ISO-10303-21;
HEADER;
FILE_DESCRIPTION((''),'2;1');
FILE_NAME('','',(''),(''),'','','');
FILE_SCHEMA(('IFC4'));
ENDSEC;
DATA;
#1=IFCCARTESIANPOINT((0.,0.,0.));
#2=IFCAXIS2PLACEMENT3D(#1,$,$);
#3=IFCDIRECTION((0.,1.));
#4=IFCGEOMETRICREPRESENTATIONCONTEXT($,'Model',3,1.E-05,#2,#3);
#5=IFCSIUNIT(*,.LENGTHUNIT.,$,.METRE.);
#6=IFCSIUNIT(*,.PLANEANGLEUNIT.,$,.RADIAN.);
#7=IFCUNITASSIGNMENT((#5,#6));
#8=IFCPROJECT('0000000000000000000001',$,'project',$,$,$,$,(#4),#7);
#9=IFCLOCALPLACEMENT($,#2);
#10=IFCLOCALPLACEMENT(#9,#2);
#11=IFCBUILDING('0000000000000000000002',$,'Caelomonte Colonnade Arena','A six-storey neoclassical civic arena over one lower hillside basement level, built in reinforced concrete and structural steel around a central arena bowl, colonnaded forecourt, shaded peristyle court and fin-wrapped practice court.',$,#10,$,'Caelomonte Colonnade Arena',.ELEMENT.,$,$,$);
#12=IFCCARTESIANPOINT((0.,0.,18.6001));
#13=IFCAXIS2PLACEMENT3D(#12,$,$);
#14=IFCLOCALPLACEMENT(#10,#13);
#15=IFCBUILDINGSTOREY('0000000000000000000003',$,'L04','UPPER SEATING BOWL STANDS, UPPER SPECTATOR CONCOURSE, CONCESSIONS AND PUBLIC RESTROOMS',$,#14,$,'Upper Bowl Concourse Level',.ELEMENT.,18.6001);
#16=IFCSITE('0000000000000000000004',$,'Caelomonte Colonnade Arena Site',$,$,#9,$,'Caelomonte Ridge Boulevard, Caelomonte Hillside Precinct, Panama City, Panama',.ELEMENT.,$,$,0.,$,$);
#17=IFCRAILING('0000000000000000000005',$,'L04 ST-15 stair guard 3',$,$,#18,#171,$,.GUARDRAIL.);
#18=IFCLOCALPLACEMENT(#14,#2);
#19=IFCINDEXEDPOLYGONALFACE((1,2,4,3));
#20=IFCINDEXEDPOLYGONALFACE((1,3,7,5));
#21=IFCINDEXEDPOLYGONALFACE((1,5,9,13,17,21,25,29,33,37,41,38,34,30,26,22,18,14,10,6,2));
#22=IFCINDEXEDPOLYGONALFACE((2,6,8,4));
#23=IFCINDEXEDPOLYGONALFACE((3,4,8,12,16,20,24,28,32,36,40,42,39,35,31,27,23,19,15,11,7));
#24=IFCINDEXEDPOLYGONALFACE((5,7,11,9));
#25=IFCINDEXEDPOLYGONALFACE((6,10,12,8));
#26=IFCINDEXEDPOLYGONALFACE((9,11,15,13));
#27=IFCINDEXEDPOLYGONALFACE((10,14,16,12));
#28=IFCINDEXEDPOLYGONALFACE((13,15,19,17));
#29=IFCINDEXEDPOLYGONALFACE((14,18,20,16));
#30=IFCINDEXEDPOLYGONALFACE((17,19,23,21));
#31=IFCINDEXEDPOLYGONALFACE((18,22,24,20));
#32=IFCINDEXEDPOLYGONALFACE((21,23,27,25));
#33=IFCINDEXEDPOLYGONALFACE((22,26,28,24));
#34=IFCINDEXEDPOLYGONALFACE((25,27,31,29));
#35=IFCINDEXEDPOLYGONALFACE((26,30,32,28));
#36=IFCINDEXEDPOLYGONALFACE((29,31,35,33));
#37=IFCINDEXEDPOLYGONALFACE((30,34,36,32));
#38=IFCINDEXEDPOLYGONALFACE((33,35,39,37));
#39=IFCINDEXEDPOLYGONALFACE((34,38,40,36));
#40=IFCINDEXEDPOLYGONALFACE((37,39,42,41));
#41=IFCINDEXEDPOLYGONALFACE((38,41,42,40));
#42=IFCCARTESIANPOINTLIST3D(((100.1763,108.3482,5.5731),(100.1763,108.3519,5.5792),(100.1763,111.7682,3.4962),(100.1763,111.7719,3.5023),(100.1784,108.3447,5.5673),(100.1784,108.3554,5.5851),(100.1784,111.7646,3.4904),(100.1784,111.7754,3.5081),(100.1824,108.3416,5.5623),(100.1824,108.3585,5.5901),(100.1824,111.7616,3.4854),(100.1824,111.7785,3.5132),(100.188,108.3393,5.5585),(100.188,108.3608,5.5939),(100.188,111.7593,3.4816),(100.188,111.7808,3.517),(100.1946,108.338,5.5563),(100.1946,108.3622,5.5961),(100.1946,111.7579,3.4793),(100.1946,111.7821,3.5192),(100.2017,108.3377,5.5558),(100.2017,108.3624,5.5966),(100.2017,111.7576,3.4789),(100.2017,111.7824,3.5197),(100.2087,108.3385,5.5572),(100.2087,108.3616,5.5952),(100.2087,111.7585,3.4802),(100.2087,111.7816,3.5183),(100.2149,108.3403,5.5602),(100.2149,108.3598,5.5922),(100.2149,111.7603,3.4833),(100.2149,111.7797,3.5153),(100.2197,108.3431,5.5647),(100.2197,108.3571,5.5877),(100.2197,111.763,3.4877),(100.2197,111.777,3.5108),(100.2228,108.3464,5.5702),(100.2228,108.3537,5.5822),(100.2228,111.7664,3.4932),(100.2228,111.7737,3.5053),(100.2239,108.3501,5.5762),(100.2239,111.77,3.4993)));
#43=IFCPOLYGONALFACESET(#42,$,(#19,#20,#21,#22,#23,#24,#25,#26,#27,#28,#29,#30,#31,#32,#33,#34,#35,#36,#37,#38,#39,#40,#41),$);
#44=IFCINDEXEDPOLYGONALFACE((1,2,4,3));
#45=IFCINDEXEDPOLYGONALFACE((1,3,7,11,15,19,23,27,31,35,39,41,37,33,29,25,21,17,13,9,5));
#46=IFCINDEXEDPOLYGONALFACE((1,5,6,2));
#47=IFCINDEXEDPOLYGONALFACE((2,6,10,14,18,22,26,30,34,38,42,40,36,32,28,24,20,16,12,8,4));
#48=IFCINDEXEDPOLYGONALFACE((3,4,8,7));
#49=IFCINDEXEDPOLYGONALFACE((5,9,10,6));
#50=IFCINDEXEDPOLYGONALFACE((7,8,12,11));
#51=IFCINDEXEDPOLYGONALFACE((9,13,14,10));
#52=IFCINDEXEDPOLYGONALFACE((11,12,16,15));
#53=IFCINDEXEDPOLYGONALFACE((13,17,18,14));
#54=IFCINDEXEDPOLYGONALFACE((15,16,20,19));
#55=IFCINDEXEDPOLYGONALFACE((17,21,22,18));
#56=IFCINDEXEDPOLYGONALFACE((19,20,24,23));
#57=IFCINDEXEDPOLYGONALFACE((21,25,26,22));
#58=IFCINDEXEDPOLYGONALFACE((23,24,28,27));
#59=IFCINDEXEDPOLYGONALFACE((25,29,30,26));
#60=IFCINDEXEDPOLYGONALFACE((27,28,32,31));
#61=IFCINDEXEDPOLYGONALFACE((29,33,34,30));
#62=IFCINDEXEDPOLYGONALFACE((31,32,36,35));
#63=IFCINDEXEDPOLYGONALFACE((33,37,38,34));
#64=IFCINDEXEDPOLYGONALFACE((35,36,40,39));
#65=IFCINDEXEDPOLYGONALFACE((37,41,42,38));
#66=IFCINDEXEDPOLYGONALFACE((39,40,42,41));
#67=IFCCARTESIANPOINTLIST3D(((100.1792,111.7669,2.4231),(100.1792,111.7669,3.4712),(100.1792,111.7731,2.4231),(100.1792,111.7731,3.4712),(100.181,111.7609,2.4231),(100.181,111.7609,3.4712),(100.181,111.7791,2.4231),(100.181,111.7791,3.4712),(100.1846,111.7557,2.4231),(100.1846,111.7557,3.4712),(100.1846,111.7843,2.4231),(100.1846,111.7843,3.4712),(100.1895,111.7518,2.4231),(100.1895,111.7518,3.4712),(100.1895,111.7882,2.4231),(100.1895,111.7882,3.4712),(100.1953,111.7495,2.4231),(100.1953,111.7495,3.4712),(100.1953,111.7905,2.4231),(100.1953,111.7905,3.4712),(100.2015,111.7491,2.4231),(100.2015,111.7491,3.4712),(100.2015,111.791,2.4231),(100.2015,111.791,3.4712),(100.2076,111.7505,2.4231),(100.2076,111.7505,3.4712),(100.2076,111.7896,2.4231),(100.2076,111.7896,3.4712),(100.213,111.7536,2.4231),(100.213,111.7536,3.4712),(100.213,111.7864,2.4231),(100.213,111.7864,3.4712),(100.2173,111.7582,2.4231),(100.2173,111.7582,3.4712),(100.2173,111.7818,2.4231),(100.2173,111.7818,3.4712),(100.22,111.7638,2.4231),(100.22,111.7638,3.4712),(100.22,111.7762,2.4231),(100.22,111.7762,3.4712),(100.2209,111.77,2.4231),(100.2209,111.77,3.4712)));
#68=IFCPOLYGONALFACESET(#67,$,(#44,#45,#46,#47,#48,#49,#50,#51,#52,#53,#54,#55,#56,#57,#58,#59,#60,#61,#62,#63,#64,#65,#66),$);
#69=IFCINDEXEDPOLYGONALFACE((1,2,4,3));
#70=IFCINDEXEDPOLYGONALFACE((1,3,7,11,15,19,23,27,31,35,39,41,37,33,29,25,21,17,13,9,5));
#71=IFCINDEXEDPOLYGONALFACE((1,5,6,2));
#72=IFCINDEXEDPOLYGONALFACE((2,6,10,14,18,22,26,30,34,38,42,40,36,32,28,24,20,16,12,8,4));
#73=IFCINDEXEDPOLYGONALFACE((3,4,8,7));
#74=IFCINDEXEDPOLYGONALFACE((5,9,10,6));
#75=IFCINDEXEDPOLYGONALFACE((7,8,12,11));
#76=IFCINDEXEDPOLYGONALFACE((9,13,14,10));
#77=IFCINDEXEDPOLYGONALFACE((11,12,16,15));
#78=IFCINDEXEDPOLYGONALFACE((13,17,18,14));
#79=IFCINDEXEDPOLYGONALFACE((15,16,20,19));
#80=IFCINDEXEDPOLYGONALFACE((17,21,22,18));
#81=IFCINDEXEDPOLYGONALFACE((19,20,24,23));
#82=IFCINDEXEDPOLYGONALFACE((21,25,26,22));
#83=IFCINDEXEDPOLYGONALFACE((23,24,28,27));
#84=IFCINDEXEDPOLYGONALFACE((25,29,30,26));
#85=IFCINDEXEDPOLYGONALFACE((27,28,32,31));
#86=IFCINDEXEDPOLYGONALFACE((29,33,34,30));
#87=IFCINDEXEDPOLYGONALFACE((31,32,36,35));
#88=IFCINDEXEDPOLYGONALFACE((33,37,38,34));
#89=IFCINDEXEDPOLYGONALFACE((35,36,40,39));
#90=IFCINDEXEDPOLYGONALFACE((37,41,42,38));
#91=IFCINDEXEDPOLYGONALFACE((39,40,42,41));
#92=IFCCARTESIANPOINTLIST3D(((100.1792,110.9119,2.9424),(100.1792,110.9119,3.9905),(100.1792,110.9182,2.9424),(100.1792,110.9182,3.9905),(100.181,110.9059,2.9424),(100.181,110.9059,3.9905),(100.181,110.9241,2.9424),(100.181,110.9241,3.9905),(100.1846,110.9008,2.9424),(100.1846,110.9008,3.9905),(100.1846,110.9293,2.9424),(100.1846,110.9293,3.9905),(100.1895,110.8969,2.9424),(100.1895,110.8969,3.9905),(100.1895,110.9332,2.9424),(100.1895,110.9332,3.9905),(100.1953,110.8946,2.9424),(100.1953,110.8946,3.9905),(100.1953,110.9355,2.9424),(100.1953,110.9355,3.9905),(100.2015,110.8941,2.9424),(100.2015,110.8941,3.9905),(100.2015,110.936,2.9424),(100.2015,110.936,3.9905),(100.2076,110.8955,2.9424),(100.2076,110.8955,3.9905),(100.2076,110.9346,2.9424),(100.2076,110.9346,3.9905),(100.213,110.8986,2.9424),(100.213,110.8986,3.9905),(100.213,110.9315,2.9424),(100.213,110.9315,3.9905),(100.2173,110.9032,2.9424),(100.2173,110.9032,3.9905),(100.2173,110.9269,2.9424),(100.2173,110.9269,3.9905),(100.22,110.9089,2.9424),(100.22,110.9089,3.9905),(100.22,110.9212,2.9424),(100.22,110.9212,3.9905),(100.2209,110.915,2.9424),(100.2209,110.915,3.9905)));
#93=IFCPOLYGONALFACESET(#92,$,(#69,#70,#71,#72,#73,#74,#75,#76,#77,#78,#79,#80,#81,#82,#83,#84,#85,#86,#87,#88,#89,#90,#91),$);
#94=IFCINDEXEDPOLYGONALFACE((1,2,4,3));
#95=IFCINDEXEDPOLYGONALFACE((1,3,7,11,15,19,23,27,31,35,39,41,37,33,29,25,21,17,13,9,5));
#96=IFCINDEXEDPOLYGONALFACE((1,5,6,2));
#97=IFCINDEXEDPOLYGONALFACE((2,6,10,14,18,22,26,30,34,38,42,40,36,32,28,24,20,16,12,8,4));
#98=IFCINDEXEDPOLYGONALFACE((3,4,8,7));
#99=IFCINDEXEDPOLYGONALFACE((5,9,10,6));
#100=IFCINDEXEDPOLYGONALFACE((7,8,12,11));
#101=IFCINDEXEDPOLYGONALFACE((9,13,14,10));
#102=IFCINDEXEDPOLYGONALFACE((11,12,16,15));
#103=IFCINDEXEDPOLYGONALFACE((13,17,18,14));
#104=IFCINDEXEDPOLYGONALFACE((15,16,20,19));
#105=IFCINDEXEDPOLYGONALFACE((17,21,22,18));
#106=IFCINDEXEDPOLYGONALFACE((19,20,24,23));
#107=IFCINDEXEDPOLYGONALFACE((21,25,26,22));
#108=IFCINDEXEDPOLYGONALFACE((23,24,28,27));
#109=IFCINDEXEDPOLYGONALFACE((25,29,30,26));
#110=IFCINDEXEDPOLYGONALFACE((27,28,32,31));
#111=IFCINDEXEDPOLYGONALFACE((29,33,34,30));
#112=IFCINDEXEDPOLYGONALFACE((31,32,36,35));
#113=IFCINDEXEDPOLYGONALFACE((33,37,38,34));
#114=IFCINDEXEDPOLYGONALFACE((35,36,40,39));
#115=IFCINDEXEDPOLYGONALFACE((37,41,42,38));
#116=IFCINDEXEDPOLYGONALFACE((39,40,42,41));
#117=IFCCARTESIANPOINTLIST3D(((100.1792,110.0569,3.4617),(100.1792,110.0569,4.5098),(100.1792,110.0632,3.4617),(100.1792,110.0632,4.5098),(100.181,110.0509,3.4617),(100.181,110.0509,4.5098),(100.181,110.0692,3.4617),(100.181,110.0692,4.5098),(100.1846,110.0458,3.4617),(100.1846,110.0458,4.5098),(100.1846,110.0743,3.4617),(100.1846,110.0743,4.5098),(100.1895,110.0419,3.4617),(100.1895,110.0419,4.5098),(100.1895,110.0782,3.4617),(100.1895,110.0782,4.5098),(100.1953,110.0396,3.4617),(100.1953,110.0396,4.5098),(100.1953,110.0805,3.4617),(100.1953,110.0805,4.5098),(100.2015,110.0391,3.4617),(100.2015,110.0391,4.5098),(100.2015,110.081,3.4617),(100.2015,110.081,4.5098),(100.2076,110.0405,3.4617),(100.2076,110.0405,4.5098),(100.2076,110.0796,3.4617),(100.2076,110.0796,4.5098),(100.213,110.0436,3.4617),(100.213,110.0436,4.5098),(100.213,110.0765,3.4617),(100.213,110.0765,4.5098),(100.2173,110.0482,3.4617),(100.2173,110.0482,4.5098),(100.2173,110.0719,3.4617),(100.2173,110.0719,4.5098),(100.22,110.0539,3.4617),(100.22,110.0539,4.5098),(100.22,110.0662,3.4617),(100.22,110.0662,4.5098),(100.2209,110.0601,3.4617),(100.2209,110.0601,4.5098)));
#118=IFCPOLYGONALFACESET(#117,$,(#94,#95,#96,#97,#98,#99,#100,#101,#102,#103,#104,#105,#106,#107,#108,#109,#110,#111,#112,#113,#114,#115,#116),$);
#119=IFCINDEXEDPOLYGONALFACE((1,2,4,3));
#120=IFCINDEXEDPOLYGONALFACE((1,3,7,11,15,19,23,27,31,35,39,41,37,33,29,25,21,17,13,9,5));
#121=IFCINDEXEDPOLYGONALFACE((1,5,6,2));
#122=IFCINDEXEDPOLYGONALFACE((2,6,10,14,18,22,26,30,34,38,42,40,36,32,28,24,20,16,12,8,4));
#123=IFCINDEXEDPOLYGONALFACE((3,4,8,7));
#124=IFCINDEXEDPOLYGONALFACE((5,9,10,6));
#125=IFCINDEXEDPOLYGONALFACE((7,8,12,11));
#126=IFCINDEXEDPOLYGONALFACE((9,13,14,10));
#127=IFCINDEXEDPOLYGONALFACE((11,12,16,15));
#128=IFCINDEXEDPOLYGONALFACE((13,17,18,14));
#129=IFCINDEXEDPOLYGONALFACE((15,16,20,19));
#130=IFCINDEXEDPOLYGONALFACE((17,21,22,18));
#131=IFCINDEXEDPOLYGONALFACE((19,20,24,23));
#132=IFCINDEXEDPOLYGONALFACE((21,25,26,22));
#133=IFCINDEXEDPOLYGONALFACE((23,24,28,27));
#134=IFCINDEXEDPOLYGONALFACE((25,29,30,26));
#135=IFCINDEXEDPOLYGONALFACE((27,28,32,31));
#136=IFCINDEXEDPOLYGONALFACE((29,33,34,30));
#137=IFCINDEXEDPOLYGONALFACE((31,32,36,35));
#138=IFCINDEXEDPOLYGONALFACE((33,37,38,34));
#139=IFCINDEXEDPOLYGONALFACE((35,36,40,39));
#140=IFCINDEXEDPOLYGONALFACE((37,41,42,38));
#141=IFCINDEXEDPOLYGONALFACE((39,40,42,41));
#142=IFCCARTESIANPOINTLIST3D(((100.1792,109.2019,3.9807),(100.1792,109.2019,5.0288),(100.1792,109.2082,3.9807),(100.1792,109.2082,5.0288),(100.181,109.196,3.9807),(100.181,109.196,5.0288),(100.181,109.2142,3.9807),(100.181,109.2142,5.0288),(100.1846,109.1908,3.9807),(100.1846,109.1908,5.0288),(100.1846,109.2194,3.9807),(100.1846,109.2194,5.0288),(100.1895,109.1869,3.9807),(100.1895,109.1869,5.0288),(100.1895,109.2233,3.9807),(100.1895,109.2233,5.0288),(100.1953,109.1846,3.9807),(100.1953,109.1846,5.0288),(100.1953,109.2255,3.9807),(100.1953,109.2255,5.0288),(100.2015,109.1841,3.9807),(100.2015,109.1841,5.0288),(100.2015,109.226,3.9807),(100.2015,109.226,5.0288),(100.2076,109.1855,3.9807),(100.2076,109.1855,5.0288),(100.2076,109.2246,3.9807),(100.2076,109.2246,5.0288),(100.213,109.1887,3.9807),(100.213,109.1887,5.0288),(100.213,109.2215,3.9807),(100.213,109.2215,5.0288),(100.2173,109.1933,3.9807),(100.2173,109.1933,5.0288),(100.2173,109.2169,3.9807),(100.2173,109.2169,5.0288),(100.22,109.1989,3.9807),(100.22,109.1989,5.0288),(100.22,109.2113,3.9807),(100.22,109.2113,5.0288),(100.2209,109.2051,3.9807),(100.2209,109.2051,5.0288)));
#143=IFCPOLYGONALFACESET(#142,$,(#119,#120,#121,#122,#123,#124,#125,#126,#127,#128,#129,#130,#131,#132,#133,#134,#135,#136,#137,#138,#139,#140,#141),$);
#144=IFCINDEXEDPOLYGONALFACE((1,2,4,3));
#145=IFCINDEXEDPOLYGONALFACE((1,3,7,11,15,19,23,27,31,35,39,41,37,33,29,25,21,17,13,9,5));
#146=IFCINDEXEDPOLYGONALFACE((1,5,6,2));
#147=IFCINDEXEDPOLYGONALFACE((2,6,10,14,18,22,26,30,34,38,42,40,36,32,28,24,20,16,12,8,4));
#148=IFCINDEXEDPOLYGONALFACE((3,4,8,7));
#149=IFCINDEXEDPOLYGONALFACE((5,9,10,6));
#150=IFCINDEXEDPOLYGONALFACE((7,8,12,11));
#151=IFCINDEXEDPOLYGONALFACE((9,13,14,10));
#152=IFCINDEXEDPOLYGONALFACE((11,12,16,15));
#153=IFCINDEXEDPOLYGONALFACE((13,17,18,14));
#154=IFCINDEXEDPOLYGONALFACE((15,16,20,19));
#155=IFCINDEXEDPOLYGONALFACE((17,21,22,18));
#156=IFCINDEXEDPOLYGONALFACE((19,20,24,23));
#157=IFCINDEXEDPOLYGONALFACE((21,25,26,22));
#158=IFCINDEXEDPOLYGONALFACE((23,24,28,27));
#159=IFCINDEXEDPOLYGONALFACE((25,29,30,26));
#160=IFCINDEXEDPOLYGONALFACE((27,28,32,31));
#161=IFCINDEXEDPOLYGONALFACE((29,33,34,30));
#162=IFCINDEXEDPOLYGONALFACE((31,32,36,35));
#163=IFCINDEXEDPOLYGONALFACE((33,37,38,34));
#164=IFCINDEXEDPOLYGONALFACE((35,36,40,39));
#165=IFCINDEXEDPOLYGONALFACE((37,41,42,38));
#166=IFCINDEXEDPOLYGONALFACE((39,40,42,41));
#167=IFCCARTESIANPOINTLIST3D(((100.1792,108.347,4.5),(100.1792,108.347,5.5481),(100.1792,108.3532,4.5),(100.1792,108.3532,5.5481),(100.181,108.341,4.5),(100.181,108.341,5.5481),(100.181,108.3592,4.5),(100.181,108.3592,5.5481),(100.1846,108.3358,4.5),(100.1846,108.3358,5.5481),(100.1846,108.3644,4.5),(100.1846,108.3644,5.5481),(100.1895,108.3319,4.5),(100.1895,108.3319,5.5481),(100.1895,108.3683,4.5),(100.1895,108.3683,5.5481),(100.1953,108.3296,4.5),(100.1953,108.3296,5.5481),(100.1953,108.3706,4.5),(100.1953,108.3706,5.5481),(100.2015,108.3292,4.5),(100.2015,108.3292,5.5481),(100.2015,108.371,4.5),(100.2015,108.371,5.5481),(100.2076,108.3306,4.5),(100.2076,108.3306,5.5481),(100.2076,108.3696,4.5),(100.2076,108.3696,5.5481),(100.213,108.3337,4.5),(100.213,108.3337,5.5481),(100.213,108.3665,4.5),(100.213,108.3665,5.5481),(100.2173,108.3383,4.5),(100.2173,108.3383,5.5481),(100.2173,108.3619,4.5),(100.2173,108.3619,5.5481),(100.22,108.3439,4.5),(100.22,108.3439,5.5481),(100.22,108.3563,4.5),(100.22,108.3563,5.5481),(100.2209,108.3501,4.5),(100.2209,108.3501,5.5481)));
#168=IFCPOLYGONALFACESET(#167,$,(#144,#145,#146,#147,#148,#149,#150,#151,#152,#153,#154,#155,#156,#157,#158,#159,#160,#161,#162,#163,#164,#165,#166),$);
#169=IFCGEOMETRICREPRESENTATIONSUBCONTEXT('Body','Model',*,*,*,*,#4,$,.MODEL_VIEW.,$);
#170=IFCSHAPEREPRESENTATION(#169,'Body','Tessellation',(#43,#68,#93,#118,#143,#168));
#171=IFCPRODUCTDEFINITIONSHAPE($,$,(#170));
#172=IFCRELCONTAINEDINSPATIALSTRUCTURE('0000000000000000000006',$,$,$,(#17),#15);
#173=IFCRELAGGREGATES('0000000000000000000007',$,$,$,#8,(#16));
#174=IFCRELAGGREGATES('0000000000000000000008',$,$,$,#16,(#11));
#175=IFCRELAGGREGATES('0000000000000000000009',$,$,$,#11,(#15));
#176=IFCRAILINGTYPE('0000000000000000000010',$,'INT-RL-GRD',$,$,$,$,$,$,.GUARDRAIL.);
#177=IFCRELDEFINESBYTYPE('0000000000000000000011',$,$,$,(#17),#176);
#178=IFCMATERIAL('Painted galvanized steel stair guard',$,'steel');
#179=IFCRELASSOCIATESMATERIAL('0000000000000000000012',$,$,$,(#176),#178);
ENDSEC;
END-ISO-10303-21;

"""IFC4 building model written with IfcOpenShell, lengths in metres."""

from ifc_helpers import new_model, si_unit, direction, frame, origin, origin_2d, place, context, subcontext, project, spatial, circle, extrude, material, type_object, element, save


model = new_model("IFC4")

# Units and contexts
model_context = context("Model", 3, precision=1e-05, world=origin(), true_north=direction((0.0, 1.0)))
body_context = subcontext(model_context, "Body", "Model", "MODEL_VIEW")
ifc_project = project(units=[si_unit("LENGTHUNIT", "METRE"), si_unit("PLANEANGLEUNIT", "RADIAN")], contexts=[model_context])

# Site, building, storey
site_placement = place(None, origin())
site = spatial("IfcSite", under=ifc_project, at=site_placement, Name="Caelomonte Colonnade Arena Site", LongName="Caelomonte Ridge Boulevard, Caelomonte Hillside Precinct, Panama City, Panama", CompositionType="ELEMENT", RefElevation=0.0)
building_placement = place(site_placement, origin())
building = spatial("IfcBuilding", under=site, at=building_placement, Name="Caelomonte Colonnade Arena", Description="A six-storey neoclassical civic arena over one lower hillside basement level, built in reinforced concrete and structural steel around a central arena bowl, colonnaded forecourt, shaded peristyle court and fin-wrapped practice court.", LongName="Caelomonte Colonnade Arena", CompositionType="ELEMENT")
storey_placement = place(building_placement, frame((0.0, 0.0, 18.6001)))
storey = spatial("IfcBuildingStorey", under=building, at=storey_placement, Name="L04", Description="UPPER SEATING BOWL STANDS, UPPER SPECTATOR CONCOURSE, CONCESSIONS AND PUBLIC RESTROOMS", LongName="Upper Bowl Concourse Level", CompositionType="ELEMENT", Elevation=18.6001)

# Railing
ifc_material_1 = material(Name="Painted galvanized steel stair guard", Category="steel")
railing_type_1 = type_object("IfcRailingType", Name="INT-RL-GRD", PredefinedType="GUARDRAIL", material=ifc_material_1)
railing_1_placement = place(storey_placement, frame((100.2, 111.77, 2.4231)))
element("IfcRailing", 1, at=railing_1_placement, inside=storey, type_object=railing_type_1, Name="L04 ST-15 stair guard 3", PredefinedType="GUARDRAIL", context=body_context, shape_type="SweptSolid", body=[
    extrude(circle(Radius=0.0239, at=origin_2d()), frame((0.0, 0.0, 1.0762), z_axis=(0.0, -0.85473, 0.519074), x_axis=(1.0, 0.0, 0.0)), (0.0, 0.0, 1.0), 4.0012),
    extrude(circle(Radius=0.021, at=origin_2d()), origin(), (0.0, 0.0, 1.0), 1.0481),
    extrude(circle(Radius=0.021, at=origin_2d()), frame((0.0, -0.855, 0.5193)), (0.0, 0.0, 1.0), 1.0481),
    extrude(circle(Radius=0.021, at=origin_2d()), frame((0.0, -1.71, 1.0386)), (0.0, 0.0, 1.0), 1.0481),
    extrude(circle(Radius=0.021, at=origin_2d()), frame((0.0, -2.5649, 1.5576)), (0.0, 0.0, 1.0), 1.0481),
    extrude(circle(Radius=0.021, at=origin_2d()), frame((0.0, -3.4199, 2.0769)), (0.0, 0.0, 1.0), 1.0481),
])

save(model, "model.ifc")
